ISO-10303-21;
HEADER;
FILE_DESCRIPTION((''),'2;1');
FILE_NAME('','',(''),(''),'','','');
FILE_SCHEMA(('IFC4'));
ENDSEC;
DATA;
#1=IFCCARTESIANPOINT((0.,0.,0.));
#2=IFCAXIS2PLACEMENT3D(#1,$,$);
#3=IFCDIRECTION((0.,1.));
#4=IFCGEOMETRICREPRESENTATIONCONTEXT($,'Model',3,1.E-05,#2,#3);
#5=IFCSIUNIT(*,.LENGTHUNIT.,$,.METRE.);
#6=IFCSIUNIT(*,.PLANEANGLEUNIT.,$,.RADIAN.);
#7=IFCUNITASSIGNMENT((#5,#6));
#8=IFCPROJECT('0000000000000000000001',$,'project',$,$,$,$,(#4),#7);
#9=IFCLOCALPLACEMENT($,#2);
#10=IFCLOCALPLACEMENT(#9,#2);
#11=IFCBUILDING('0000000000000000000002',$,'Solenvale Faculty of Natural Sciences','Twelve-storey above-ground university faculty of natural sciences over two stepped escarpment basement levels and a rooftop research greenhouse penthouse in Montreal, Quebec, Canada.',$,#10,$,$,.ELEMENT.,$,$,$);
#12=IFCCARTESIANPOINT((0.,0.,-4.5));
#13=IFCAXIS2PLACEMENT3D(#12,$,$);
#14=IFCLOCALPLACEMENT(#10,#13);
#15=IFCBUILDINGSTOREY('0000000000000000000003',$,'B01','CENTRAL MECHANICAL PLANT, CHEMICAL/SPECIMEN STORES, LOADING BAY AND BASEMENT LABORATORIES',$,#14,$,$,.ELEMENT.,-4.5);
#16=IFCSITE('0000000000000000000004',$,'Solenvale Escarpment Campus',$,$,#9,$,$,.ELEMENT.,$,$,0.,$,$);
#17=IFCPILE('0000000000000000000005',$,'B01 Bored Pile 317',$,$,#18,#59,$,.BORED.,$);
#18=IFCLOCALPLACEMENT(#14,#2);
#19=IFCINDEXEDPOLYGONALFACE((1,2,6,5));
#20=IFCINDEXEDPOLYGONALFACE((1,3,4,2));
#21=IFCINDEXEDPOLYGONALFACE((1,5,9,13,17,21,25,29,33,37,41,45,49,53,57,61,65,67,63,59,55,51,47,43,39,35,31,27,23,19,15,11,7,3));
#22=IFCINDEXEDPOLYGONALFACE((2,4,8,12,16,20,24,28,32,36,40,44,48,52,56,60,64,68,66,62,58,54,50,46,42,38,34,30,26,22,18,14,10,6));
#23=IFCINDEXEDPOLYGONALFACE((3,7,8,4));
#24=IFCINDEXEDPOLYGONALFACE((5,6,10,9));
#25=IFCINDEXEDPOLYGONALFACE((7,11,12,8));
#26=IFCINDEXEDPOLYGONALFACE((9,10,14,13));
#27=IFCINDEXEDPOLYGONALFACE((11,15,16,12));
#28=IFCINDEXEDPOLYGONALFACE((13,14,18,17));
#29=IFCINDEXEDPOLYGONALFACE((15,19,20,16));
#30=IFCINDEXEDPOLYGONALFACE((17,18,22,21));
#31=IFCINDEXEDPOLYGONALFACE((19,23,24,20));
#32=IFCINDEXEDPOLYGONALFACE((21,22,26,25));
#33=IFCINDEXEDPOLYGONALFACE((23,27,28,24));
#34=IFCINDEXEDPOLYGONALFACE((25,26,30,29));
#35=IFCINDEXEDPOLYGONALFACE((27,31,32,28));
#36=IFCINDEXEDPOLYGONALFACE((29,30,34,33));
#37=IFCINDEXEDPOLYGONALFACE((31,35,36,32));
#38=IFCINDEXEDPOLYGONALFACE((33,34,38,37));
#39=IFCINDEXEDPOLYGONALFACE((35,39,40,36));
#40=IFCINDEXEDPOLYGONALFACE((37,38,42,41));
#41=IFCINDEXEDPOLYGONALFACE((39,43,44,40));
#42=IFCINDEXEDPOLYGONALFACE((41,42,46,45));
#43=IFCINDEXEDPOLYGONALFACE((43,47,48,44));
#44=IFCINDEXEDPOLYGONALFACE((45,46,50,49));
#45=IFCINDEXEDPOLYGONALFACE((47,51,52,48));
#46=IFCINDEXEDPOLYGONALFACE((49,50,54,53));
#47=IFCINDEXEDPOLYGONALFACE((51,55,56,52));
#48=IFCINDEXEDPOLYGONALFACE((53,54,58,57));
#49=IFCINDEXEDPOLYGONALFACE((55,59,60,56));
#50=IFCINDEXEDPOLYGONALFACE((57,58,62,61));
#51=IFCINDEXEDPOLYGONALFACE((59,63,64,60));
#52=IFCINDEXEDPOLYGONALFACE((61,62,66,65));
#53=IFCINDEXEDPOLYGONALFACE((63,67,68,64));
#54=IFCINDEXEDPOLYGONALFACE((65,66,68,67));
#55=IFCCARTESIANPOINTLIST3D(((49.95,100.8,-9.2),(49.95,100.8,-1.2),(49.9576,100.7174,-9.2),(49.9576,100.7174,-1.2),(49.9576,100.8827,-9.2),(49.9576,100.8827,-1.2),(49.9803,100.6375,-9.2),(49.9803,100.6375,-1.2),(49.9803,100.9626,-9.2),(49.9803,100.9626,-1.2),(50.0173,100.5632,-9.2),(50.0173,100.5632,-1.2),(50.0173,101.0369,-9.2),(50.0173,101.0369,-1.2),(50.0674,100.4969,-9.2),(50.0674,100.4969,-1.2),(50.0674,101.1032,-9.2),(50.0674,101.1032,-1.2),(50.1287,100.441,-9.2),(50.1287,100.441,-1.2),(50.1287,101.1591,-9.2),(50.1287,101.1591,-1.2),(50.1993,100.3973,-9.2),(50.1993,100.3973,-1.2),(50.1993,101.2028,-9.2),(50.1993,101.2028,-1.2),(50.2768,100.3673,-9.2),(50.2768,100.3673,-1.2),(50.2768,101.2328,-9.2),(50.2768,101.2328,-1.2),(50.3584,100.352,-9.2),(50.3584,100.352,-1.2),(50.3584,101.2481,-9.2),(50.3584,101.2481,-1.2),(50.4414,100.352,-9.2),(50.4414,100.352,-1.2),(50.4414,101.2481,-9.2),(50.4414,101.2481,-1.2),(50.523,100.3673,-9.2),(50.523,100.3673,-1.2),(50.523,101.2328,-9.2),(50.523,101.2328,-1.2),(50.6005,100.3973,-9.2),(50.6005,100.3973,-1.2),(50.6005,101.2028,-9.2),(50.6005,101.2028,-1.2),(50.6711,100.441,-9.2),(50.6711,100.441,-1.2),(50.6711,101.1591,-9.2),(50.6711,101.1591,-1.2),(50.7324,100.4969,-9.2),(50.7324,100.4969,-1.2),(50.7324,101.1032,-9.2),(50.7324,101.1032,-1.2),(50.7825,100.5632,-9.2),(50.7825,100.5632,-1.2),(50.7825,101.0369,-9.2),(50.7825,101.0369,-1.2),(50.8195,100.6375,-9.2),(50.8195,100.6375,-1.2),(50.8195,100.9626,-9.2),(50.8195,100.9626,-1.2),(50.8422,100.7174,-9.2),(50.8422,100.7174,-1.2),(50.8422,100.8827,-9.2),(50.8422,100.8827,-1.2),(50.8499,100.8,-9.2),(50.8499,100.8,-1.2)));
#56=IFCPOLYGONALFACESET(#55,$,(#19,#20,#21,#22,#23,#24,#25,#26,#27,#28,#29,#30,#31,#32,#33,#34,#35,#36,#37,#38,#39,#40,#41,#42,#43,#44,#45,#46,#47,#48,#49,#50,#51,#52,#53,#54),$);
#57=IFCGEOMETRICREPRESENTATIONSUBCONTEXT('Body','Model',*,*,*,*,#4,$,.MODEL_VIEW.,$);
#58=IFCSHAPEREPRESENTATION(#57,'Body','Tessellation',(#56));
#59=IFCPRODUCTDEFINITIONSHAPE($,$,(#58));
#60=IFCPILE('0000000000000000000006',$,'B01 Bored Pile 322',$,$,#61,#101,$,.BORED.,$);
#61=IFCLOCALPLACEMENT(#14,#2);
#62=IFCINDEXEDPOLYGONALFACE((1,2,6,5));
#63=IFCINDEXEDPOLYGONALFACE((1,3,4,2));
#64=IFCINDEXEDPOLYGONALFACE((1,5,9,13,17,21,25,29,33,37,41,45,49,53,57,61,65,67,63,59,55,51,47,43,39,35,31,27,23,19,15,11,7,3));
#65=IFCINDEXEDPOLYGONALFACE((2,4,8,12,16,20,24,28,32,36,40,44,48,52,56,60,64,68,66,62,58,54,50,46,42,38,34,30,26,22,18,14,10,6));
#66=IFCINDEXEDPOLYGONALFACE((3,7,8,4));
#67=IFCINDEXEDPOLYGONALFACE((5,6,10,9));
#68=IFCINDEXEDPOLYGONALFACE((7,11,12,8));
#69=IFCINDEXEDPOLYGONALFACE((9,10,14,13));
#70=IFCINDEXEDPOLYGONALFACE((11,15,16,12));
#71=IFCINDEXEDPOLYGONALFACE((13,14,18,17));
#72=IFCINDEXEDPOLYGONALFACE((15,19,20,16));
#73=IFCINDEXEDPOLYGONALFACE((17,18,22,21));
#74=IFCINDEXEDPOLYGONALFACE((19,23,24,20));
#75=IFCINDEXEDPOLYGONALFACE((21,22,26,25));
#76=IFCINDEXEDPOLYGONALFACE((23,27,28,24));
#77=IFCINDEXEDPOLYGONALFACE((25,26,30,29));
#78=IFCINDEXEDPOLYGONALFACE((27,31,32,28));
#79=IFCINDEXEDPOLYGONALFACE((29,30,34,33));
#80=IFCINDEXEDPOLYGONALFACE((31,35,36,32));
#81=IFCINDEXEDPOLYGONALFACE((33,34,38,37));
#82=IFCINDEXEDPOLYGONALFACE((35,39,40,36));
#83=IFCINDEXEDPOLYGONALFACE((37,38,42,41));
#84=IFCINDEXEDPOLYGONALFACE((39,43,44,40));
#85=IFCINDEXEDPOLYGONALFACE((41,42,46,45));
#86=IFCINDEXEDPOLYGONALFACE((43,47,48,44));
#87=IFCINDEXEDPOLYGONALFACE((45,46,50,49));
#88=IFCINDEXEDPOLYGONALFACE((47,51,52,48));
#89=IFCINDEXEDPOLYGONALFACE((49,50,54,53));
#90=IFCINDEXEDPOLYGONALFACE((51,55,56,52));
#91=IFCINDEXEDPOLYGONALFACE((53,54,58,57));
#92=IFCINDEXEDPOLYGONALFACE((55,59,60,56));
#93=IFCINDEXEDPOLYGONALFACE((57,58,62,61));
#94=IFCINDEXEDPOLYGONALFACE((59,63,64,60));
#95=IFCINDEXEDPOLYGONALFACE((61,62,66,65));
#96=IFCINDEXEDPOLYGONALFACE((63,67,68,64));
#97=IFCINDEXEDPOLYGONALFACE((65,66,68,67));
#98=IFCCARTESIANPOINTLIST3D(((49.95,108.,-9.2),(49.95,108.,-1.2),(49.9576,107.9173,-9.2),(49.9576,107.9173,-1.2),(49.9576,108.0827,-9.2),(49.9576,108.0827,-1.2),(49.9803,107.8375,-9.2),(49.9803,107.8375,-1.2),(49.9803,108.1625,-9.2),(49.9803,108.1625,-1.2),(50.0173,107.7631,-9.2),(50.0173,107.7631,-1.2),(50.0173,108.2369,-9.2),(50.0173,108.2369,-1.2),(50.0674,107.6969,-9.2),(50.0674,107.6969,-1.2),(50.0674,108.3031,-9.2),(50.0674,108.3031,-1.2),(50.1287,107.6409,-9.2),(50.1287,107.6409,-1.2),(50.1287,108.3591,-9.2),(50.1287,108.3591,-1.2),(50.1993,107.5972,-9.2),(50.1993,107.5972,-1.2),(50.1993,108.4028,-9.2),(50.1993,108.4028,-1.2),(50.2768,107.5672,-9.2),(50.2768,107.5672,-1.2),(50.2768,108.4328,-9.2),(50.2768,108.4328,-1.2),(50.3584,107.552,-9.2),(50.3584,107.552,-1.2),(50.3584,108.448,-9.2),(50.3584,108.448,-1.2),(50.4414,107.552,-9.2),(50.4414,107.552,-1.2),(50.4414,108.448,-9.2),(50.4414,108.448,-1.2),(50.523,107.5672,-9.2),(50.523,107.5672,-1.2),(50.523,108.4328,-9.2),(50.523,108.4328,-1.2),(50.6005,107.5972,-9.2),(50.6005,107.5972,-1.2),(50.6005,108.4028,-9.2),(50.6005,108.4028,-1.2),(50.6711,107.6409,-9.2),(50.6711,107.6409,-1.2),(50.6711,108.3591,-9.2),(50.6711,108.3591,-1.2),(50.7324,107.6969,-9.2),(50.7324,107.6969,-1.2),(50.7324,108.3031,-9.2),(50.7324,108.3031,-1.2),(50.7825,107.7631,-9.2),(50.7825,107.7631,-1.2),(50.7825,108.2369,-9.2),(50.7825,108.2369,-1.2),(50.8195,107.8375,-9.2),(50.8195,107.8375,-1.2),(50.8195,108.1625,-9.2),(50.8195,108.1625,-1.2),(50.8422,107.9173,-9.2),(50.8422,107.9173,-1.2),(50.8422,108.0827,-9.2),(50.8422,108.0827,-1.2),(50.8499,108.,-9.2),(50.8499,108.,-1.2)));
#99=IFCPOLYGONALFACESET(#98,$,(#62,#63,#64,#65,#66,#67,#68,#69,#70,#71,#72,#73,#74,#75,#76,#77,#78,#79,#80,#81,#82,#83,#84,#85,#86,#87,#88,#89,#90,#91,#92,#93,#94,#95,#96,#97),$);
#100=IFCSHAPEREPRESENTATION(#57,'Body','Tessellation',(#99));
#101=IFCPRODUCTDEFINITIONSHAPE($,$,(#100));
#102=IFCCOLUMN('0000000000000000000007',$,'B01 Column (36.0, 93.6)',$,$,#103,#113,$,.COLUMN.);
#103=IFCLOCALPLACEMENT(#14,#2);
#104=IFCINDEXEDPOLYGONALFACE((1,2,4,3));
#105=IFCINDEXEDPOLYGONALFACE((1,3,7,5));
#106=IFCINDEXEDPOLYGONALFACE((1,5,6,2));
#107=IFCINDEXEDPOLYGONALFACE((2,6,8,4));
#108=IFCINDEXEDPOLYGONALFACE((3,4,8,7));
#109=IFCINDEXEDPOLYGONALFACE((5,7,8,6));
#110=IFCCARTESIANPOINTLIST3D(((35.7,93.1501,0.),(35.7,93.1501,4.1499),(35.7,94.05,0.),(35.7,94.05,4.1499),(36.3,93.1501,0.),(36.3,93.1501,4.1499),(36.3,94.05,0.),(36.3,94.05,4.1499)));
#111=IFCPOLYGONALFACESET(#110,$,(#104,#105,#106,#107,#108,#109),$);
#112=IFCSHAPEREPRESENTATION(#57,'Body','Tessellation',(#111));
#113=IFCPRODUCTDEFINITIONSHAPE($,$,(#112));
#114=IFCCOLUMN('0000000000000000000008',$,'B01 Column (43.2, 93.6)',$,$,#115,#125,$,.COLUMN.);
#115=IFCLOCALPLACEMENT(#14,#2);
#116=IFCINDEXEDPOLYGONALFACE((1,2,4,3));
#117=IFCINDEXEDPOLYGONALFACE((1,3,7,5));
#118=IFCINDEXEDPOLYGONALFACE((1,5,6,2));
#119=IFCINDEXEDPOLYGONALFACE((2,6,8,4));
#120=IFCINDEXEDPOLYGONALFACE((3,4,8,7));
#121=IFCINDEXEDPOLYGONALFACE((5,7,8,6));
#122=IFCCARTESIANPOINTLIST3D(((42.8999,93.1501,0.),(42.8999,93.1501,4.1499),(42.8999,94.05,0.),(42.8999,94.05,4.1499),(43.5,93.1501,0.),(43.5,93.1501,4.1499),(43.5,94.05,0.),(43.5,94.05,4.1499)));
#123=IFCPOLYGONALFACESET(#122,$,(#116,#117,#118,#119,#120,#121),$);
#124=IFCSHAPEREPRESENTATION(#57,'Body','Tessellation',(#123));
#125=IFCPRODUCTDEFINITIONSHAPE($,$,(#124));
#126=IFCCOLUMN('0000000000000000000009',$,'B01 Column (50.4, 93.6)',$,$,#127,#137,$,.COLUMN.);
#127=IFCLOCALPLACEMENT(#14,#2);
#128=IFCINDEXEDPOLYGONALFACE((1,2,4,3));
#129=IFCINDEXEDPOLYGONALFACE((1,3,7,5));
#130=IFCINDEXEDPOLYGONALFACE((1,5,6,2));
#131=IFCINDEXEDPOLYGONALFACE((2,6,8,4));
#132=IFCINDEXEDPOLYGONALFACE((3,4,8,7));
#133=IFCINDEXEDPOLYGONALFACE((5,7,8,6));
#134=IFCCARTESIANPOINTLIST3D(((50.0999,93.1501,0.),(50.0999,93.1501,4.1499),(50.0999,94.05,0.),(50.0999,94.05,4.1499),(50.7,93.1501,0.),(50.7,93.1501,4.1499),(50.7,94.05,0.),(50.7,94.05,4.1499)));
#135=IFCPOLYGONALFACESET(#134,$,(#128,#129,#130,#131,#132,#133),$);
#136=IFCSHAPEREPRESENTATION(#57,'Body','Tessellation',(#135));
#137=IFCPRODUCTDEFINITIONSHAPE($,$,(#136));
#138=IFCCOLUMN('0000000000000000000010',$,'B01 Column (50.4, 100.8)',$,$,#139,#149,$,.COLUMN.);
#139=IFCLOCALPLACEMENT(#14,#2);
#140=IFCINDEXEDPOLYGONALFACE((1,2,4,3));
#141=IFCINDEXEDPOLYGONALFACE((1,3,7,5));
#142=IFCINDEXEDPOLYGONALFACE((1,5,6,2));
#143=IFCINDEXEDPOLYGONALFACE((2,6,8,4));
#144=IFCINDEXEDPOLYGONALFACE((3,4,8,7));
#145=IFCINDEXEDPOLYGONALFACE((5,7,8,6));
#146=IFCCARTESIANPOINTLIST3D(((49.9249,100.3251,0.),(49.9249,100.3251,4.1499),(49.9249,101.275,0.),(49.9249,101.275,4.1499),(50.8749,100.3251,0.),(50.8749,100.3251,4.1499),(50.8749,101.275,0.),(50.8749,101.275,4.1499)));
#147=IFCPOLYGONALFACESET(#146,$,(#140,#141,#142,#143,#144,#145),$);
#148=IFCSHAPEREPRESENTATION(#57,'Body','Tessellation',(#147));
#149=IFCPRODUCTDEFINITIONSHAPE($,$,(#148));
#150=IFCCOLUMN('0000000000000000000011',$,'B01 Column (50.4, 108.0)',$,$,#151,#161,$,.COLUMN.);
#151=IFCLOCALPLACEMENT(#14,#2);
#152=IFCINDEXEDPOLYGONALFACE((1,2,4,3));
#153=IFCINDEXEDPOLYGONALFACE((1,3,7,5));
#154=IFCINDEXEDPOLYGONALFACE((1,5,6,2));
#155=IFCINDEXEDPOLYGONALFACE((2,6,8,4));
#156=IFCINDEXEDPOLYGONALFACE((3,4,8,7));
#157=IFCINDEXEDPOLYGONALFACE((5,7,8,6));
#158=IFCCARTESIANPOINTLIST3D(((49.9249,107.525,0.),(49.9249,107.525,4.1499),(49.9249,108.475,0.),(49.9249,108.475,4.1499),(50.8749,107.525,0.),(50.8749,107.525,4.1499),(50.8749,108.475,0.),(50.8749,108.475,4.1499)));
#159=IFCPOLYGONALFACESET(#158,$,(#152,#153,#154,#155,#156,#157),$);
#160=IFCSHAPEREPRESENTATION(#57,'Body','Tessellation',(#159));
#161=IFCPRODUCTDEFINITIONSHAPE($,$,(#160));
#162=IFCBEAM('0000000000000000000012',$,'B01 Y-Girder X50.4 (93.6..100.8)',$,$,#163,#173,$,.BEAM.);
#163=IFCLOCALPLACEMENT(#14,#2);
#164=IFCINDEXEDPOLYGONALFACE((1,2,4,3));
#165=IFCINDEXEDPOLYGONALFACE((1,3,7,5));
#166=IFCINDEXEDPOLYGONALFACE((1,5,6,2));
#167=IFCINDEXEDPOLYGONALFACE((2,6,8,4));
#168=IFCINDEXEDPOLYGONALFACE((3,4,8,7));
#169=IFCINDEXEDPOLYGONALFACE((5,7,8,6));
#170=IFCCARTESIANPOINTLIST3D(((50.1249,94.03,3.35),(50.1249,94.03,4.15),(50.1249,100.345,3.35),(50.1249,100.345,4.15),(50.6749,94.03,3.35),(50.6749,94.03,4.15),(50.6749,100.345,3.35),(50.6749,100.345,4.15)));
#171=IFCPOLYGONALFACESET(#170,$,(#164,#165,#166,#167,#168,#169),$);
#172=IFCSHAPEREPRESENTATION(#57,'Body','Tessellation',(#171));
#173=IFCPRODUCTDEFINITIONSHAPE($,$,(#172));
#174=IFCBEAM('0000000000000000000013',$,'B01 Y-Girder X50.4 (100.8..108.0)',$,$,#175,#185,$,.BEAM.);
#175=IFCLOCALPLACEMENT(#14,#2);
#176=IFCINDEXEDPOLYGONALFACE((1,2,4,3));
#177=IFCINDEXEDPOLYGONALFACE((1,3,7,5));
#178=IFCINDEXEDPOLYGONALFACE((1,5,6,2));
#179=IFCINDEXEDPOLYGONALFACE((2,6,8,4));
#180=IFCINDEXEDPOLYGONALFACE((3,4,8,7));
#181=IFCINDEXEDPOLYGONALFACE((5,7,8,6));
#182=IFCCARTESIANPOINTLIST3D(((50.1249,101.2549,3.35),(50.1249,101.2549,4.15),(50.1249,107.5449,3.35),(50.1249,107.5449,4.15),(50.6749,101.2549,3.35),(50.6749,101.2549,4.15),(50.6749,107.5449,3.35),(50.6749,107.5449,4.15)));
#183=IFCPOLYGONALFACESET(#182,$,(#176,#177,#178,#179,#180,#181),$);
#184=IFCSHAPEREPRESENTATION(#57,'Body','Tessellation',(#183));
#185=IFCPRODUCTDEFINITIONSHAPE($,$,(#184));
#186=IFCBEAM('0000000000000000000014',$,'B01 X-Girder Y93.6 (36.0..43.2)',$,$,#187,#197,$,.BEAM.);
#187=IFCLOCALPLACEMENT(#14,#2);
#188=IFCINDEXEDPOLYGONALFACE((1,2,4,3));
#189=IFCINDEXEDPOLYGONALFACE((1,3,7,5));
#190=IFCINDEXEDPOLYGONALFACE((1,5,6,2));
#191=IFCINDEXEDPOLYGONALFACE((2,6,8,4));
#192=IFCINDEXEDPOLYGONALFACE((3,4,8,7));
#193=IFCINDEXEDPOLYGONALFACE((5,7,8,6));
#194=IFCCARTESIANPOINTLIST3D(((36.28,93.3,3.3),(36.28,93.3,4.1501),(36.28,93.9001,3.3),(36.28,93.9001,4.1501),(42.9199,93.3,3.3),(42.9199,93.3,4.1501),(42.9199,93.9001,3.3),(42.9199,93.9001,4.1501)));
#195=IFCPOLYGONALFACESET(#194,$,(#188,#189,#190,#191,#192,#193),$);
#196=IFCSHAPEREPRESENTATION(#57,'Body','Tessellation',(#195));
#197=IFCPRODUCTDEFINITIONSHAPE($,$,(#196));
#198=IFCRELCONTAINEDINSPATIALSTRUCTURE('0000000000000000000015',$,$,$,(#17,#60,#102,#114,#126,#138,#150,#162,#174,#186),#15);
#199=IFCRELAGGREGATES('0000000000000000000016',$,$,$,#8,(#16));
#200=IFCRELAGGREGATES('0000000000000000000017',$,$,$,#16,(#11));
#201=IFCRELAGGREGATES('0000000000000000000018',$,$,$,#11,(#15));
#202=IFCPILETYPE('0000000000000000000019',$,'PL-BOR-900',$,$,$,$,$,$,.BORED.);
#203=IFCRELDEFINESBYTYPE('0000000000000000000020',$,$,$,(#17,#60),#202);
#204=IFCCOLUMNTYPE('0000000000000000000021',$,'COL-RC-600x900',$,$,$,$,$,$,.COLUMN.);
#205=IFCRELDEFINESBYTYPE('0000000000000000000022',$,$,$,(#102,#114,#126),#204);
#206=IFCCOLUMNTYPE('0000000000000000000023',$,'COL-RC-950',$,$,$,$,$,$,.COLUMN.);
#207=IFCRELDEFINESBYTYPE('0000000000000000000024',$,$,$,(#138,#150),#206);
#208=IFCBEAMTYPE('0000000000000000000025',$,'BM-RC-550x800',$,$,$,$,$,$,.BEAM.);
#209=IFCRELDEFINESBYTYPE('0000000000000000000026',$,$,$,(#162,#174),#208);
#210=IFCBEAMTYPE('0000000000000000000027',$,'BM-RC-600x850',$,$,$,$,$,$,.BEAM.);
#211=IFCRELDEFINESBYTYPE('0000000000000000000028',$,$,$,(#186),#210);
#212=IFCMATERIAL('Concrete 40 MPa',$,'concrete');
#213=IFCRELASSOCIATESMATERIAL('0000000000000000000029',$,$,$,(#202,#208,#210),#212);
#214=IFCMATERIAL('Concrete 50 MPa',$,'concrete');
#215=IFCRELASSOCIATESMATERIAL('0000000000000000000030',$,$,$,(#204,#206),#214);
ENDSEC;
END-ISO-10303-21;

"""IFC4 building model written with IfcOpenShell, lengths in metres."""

from ifc_helpers import new_model, si_unit, direction, frame, origin, origin_2d, place, context, subcontext, project, spatial, rectangle, circle, extrude, material, material_profile, profile_set, type_object, element, save


model = new_model("IFC4")

# Units and contexts
model_context = context("Model", 3, precision=1e-05, world=origin(), true_north=direction((0.0, 1.0)))
body_context = subcontext(model_context, "Body", "Model", "MODEL_VIEW")
ifc_project = project(units=[si_unit("LENGTHUNIT", "METRE"), si_unit("PLANEANGLEUNIT", "RADIAN")], contexts=[model_context])

# Site, building, storey
site_placement = place(None, origin())
site = spatial("IfcSite", under=ifc_project, at=site_placement, Name="Solenvale Escarpment Campus", CompositionType="ELEMENT", RefElevation=0.0)
building_placement = place(site_placement, origin())
building = spatial("IfcBuilding", under=site, at=building_placement, Name="Solenvale Faculty of Natural Sciences", Description="Twelve-storey above-ground university faculty of natural sciences over two stepped escarpment basement levels and a rooftop research greenhouse penthouse in Montreal, Quebec, Canada.", CompositionType="ELEMENT")
storey_placement = place(building_placement, frame((0.0, 0.0, -4.5)))
storey = spatial("IfcBuildingStorey", under=building, at=storey_placement, Name="B01", Description="CENTRAL MECHANICAL PLANT, CHEMICAL/SPECIMEN STORES, LOADING BAY AND BASEMENT LABORATORIES", CompositionType="ELEMENT", Elevation=-4.5)

# Shared definitions
ifc_material_1 = material(Name="Concrete 40 MPa", Category="concrete")

# Piles
ifc_material_profile_1 = material_profile(ifc_material_1, circle(Radius=0.45, at=origin_2d()), Name="PILE-D900")
ifc_profile_set_1 = profile_set([ifc_material_profile_1], Name="Concrete 40 MPa")
pile_type = type_object("IfcPileType", Name="PL-BOR-900", PredefinedType="BORED", material=ifc_profile_set_1)
for number, where, z_axis, x_axis, name in (
    (1, (50.3999, 100.8, -1.2), (0.0, 0.0, -1.0), (1.0, 0.0, 0.0), "B01 Bored Pile 317"),
    (2, (50.3999, 108.0, -1.2), (0.0, 0.0, -1.0), (1.0, 0.0, 0.0), "B01 Bored Pile 322"),
):
    element("IfcPile", number, at=place(storey_placement, frame(where, z_axis=z_axis, x_axis=x_axis)), inside=storey, type_object=pile_type, Name=name, PredefinedType="BORED", context=body_context, shape_type="SweptSolid", body=[
        extrude(circle(Radius=0.45, at=origin_2d()), origin(), (0.0, 0.0, 1.0), 8.0),
    ])

# Columns
ifc_material_2 = material(Name="Concrete 50 MPa", Category="concrete")
ifc_material_profile_2 = material_profile(ifc_material_2, rectangle(XDim=0.6001, YDim=0.8999, at=origin_2d()), Name="RC-COL-600x900")
ifc_profile_set_2 = profile_set([ifc_material_profile_2], Name="Concrete 50 MPa")
column_type_1 = type_object("IfcColumnType", Name="COL-RC-600x900", PredefinedType="COLUMN", material=ifc_profile_set_2)
for number, where, z_axis, x_axis, name in (
    (3, (36.0, 93.6001, 0.0), (0.0, 0.0, 1.0), (1.0, 0.0, 0.0), "B01 Column (36.0, 93.6)"),
    (4, (43.2, 93.6001, 0.0), (0.0, 0.0, 1.0), (1.0, 0.0, 0.0), "B01 Column (43.2, 93.6)"),
    (5, (50.3999, 93.6001, 0.0), (0.0, 0.0, 1.0), (1.0, 0.0, 0.0), "B01 Column (50.4, 93.6)"),
):
    element("IfcColumn", number, at=place(storey_placement, frame(where, z_axis=z_axis, x_axis=x_axis)), inside=storey, type_object=column_type_1, Name=name, PredefinedType="COLUMN", context=body_context, shape_type="SweptSolid", body=[
        extrude(rectangle(XDim=0.6001, YDim=0.8999, at=origin_2d()), origin(), (0.0, 0.0, 1.0), 4.1499),
    ])
ifc_material_profile_3 = material_profile(ifc_material_2, rectangle(XDim=0.95, YDim=0.95, at=origin_2d()), Name="RC-COL-950x950")
ifc_profile_set_3 = profile_set([ifc_material_profile_3], Name="Concrete 50 MPa")
column_type_2 = type_object("IfcColumnType", Name="COL-RC-950", PredefinedType="COLUMN", material=ifc_profile_set_3)
for number, where, z_axis, x_axis, name in (
    (6, (50.3999, 100.8, 0.0), (0.0, 0.0, 1.0), (1.0, 0.0, 0.0), "B01 Column (50.4, 100.8)"),
    (7, (50.3999, 108.0, 0.0), (0.0, 0.0, 1.0), (1.0, 0.0, 0.0), "B01 Column (50.4, 108.0)"),
):
    element("IfcColumn", number, at=place(storey_placement, frame(where, z_axis=z_axis, x_axis=x_axis)), inside=storey, type_object=column_type_2, Name=name, PredefinedType="COLUMN", context=body_context, shape_type="SweptSolid", body=[
        extrude(rectangle(XDim=0.95, YDim=0.95, at=origin_2d()), origin(), (0.0, 0.0, 1.0), 4.1499),
    ])

# Beams
ifc_material_profile_4 = material_profile(ifc_material_1, rectangle(XDim=0.55, YDim=0.8, at=origin_2d()), Name="RC-BM-550x800")
ifc_profile_set_4 = profile_set([ifc_material_profile_4], Name="Concrete 40 MPa")
beam_type_1 = type_object("IfcBeamType", Name="BM-RC-550x800", PredefinedType="BEAM", material=ifc_profile_set_4)
beam_1_placement = place(storey_placement, frame((50.3999, 94.03, 3.75), z_axis=(0.0, 1.0, 0.0), x_axis=(-1.0, 0.0, 0.0)))
element("IfcBeam", 8, at=beam_1_placement, inside=storey, type_object=beam_type_1, Name="B01 Y-Girder X50.4 (93.6..100.8)", PredefinedType="BEAM", context=body_context, shape_type="SweptSolid", body=[
    extrude(rectangle(XDim=0.55, YDim=0.8, at=origin_2d()), origin(), (0.0, 0.0, 1.0), 6.3149),
])
beam_2_placement = place(storey_placement, frame((50.3999, 101.2549, 3.75), z_axis=(0.0, 1.0, 0.0), x_axis=(-1.0, 0.0, 0.0)))
element("IfcBeam", 9, at=beam_2_placement, inside=storey, type_object=beam_type_1, Name="B01 Y-Girder X50.4 (100.8..108.0)", PredefinedType="BEAM", context=body_context, shape_type="SweptSolid", body=[
    extrude(rectangle(XDim=0.55, YDim=0.8, at=origin_2d()), origin(), (0.0, 0.0, 1.0), 6.29),
])
ifc_material_profile_5 = material_profile(ifc_material_1, rectangle(XDim=0.6001, YDim=0.8501, at=origin_2d()), Name="RC-BM-600x850")
ifc_profile_set_5 = profile_set([ifc_material_profile_5], Name="Concrete 40 MPa")
beam_type_2 = type_object("IfcBeamType", Name="BM-RC-600x850", PredefinedType="BEAM", material=ifc_profile_set_5)
beam_3_placement = place(storey_placement, frame((36.28, 93.6001, 3.7251), z_axis=(1.0, 0.0, 0.0), x_axis=(0.0, 1.0, 0.0)))
element("IfcBeam", 10, at=beam_3_placement, inside=storey, type_object=beam_type_2, Name="B01 X-Girder Y93.6 (36.0..43.2)", PredefinedType="BEAM", context=body_context, shape_type="SweptSolid", body=[
    extrude(rectangle(XDim=0.6001, YDim=0.8501, at=origin_2d()), origin(), (0.0, 0.0, 1.0), 6.6399),
])

save(model, "model.ifc")
